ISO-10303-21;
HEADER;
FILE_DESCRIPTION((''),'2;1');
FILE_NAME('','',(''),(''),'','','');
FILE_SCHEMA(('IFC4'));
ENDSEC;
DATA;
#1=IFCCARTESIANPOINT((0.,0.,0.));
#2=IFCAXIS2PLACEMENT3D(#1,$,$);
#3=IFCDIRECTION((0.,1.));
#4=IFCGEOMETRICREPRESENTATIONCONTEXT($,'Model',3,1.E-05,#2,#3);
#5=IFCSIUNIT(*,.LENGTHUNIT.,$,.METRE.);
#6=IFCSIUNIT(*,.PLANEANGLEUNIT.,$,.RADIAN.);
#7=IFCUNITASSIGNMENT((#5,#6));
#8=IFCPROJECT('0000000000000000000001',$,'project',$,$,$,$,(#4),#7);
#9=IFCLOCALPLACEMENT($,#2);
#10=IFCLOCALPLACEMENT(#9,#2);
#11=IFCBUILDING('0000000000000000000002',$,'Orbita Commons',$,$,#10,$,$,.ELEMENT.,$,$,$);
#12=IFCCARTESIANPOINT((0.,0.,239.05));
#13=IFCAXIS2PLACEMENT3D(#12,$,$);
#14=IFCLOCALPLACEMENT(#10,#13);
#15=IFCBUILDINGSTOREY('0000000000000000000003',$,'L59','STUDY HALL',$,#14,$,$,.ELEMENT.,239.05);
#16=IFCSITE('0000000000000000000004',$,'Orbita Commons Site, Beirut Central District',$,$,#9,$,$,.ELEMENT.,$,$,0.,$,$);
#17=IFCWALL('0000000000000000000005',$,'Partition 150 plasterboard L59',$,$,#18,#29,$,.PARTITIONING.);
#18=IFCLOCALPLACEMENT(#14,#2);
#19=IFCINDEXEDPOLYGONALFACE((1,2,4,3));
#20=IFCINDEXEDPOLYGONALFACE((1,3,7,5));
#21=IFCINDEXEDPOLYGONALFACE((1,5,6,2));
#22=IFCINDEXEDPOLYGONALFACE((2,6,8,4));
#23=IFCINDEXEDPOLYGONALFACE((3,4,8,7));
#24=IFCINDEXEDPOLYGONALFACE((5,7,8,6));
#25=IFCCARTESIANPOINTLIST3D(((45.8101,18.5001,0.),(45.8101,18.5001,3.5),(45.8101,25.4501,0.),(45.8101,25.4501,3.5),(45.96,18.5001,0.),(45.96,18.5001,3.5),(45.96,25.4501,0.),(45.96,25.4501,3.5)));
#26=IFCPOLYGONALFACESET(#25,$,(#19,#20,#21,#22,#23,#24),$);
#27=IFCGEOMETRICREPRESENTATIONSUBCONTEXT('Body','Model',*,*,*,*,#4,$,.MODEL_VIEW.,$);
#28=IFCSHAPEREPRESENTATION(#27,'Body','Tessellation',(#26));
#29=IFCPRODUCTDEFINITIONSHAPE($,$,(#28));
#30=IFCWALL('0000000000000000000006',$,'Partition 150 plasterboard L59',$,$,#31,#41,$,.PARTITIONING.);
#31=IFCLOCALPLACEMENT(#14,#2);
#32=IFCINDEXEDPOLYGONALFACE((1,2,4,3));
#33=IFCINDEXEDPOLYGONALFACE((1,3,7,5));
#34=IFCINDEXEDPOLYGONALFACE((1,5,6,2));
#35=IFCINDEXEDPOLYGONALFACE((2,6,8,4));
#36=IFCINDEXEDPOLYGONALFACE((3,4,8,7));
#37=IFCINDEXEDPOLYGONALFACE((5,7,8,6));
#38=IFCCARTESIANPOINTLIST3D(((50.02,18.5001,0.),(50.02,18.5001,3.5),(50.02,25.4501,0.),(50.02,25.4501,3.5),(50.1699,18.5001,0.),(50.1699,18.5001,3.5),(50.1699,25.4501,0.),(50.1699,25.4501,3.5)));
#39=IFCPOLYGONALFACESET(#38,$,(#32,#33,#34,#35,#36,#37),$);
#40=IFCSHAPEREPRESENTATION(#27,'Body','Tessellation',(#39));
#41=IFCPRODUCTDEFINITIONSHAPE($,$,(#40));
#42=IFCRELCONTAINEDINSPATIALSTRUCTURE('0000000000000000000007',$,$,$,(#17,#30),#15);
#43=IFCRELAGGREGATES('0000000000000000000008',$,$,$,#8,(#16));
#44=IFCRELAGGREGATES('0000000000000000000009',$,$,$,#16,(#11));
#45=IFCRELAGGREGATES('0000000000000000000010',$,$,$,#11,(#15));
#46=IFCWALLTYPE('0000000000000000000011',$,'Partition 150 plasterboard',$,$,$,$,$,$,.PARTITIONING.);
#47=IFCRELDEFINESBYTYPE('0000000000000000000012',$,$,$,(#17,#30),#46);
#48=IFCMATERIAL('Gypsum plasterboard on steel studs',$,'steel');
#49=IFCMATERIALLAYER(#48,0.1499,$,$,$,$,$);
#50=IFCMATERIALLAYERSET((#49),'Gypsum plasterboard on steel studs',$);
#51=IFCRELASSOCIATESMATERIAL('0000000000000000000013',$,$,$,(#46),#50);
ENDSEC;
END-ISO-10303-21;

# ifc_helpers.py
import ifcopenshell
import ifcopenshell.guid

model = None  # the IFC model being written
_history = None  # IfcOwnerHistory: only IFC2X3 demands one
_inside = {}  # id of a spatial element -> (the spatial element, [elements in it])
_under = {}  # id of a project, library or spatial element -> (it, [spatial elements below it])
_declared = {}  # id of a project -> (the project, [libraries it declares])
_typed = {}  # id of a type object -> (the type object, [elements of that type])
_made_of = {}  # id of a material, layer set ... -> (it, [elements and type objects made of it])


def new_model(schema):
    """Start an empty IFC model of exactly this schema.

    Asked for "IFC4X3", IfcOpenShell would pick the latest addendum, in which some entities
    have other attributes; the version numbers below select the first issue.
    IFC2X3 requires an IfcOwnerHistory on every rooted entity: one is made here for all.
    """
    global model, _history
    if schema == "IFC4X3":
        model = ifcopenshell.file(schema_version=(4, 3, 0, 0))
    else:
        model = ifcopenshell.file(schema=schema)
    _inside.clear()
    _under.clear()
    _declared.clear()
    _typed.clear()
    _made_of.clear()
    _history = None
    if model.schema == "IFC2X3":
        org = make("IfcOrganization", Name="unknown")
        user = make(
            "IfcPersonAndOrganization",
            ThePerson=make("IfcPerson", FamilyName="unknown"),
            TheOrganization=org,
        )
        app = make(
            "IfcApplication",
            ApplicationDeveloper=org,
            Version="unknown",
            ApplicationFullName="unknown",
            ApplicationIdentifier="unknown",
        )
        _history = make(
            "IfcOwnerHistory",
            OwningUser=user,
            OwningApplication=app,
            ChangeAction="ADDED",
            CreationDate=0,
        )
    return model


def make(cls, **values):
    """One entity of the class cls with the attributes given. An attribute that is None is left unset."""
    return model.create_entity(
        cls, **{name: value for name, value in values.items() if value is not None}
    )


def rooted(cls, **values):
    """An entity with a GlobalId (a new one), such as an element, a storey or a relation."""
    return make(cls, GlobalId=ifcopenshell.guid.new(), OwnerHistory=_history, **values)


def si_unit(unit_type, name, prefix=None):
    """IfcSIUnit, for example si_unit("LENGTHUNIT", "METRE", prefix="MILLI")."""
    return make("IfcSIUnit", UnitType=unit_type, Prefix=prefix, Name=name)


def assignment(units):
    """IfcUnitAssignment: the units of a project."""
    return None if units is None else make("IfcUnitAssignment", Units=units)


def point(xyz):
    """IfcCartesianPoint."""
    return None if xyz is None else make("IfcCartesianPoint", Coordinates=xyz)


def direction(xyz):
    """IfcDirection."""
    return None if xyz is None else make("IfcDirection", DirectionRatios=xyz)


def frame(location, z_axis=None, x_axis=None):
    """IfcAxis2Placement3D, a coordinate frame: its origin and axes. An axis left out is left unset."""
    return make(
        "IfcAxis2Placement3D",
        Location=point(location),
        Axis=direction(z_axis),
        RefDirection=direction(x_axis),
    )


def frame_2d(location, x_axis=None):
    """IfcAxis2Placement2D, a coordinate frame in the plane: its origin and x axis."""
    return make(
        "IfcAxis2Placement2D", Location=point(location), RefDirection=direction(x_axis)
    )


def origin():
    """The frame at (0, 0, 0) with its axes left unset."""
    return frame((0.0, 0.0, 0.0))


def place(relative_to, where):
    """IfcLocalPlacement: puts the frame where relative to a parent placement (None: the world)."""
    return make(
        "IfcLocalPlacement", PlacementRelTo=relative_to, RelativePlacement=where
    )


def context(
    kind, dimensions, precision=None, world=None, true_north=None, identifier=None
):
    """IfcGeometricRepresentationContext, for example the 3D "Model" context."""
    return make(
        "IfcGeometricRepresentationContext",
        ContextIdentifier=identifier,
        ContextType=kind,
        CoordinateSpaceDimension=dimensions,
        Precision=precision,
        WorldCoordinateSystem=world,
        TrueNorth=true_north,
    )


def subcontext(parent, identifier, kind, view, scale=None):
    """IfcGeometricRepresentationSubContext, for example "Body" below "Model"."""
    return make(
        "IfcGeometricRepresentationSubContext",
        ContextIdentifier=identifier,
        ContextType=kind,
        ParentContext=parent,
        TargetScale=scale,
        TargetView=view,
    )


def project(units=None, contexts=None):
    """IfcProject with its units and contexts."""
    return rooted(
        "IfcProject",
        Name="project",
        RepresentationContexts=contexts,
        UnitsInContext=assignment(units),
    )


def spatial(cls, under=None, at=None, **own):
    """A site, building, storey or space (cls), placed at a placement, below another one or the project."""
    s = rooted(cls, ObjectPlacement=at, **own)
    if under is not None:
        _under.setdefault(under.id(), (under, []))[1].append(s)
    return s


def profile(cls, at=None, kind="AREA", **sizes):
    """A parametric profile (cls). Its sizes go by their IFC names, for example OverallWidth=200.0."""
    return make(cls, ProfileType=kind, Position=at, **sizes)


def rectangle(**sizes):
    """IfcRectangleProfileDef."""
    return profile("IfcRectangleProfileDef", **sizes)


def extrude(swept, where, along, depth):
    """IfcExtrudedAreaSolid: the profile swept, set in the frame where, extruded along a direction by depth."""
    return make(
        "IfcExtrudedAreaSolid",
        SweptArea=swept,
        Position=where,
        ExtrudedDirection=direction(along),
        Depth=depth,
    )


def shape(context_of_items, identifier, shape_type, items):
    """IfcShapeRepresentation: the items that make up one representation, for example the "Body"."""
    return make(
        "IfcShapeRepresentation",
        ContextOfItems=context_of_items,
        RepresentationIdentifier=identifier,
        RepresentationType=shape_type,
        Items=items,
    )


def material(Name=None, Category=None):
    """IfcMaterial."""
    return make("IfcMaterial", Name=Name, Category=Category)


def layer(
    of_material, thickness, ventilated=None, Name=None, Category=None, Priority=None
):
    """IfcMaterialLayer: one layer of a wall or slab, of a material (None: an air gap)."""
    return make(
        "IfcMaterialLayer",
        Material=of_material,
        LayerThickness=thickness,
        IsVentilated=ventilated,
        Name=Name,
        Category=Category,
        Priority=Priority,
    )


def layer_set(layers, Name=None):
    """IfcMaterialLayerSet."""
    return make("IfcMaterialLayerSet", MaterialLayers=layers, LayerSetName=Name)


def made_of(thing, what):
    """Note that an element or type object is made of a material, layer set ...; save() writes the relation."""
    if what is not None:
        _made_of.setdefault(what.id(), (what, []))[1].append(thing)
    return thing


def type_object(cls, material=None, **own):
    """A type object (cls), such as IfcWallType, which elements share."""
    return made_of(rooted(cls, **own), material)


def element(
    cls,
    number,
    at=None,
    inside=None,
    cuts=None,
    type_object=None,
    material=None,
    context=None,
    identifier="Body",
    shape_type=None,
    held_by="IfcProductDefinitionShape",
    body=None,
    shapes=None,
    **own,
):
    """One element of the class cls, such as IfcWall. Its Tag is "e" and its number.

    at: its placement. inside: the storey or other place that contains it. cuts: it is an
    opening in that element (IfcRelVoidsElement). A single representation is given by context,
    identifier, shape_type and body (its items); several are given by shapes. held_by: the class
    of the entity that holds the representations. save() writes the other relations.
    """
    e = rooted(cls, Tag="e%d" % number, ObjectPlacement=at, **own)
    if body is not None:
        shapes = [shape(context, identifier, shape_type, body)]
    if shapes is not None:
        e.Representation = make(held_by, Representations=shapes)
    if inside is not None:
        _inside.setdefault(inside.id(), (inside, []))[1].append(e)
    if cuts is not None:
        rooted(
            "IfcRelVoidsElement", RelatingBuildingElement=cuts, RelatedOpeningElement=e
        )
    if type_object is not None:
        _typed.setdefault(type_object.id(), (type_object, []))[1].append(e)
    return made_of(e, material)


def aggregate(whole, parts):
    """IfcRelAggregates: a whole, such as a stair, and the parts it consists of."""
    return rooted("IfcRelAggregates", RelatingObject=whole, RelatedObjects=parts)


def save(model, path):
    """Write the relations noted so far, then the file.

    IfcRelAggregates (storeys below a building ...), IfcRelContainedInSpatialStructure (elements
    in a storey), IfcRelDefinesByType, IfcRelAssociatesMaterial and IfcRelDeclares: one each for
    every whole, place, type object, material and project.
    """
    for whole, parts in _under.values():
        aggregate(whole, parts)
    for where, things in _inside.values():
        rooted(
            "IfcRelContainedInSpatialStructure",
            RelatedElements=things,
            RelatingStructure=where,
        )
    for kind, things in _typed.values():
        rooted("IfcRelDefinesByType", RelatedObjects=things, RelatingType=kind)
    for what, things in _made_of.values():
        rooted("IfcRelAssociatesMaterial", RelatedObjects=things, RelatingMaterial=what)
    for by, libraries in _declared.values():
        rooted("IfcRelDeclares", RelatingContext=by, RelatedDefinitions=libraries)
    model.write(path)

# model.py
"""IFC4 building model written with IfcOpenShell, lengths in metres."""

from ifc_helpers import new_model, si_unit, direction, frame, frame_2d, origin, place, context, subcontext, project, spatial, rectangle, extrude, material, layer, layer_set, type_object, element, save


model = new_model("IFC4")

# Units and contexts
model_context = context("Model", 3, precision=1e-05, world=origin(), true_north=direction((0.0, 1.0)))
body_context = subcontext(model_context, "Body", "Model", "MODEL_VIEW")
ifc_project = project(units=[si_unit("LENGTHUNIT", "METRE"), si_unit("PLANEANGLEUNIT", "RADIAN")], contexts=[model_context])

# Site, building, storey
site_placement = place(None, origin())
site = spatial("IfcSite", under=ifc_project, at=site_placement, Name="Orbita Commons Site, Beirut Central District", CompositionType="ELEMENT", RefElevation=0.0)
building_placement = place(site_placement, origin())
building = spatial("IfcBuilding", under=site, at=building_placement, Name="Orbita Commons", CompositionType="ELEMENT")
storey_placement = place(building_placement, frame((0.0, 0.0, 239.05)))
storey = spatial("IfcBuildingStorey", under=building, at=storey_placement, Name="L59", Description="STUDY HALL", CompositionType="ELEMENT", Elevation=239.05)

# Walls
ifc_material_1 = material(Name="Gypsum plasterboard on steel studs", Category="steel")
ifc_layer_1 = layer(ifc_material_1, 0.1499)
ifc_layer_set_1 = layer_set([ifc_layer_1], Name="Gypsum plasterboard on steel studs")
wall_type_1 = type_object("IfcWallType", Name="Partition 150 plasterboard", PredefinedType="PARTITIONING", material=ifc_layer_set_1)
for number, where, z_axis, x_axis, name in (
    (1, (45.885, 18.5, 0.0), (0.0, 0.0, 1.0), (0.0, 1.0, 0.0), "Partition 150 plasterboard L59"),
    (2, (50.095, 18.5, 0.0), (0.0, 0.0, 1.0), (0.0, 1.0, 0.0), "Partition 150 plasterboard L59"),
):
    element("IfcWall", number, at=place(storey_placement, frame(where, z_axis=z_axis, x_axis=x_axis)), inside=storey, type_object=wall_type_1, Name=name, PredefinedType="PARTITIONING", context=body_context, shape_type="SweptSolid", body=[
        extrude(rectangle(XDim=6.95, YDim=0.1499, at=frame_2d((3.4751, 0.0))), origin(), (0.0, 0.0, 1.0), 3.5),
    ])

save(model, "model.ifc")
